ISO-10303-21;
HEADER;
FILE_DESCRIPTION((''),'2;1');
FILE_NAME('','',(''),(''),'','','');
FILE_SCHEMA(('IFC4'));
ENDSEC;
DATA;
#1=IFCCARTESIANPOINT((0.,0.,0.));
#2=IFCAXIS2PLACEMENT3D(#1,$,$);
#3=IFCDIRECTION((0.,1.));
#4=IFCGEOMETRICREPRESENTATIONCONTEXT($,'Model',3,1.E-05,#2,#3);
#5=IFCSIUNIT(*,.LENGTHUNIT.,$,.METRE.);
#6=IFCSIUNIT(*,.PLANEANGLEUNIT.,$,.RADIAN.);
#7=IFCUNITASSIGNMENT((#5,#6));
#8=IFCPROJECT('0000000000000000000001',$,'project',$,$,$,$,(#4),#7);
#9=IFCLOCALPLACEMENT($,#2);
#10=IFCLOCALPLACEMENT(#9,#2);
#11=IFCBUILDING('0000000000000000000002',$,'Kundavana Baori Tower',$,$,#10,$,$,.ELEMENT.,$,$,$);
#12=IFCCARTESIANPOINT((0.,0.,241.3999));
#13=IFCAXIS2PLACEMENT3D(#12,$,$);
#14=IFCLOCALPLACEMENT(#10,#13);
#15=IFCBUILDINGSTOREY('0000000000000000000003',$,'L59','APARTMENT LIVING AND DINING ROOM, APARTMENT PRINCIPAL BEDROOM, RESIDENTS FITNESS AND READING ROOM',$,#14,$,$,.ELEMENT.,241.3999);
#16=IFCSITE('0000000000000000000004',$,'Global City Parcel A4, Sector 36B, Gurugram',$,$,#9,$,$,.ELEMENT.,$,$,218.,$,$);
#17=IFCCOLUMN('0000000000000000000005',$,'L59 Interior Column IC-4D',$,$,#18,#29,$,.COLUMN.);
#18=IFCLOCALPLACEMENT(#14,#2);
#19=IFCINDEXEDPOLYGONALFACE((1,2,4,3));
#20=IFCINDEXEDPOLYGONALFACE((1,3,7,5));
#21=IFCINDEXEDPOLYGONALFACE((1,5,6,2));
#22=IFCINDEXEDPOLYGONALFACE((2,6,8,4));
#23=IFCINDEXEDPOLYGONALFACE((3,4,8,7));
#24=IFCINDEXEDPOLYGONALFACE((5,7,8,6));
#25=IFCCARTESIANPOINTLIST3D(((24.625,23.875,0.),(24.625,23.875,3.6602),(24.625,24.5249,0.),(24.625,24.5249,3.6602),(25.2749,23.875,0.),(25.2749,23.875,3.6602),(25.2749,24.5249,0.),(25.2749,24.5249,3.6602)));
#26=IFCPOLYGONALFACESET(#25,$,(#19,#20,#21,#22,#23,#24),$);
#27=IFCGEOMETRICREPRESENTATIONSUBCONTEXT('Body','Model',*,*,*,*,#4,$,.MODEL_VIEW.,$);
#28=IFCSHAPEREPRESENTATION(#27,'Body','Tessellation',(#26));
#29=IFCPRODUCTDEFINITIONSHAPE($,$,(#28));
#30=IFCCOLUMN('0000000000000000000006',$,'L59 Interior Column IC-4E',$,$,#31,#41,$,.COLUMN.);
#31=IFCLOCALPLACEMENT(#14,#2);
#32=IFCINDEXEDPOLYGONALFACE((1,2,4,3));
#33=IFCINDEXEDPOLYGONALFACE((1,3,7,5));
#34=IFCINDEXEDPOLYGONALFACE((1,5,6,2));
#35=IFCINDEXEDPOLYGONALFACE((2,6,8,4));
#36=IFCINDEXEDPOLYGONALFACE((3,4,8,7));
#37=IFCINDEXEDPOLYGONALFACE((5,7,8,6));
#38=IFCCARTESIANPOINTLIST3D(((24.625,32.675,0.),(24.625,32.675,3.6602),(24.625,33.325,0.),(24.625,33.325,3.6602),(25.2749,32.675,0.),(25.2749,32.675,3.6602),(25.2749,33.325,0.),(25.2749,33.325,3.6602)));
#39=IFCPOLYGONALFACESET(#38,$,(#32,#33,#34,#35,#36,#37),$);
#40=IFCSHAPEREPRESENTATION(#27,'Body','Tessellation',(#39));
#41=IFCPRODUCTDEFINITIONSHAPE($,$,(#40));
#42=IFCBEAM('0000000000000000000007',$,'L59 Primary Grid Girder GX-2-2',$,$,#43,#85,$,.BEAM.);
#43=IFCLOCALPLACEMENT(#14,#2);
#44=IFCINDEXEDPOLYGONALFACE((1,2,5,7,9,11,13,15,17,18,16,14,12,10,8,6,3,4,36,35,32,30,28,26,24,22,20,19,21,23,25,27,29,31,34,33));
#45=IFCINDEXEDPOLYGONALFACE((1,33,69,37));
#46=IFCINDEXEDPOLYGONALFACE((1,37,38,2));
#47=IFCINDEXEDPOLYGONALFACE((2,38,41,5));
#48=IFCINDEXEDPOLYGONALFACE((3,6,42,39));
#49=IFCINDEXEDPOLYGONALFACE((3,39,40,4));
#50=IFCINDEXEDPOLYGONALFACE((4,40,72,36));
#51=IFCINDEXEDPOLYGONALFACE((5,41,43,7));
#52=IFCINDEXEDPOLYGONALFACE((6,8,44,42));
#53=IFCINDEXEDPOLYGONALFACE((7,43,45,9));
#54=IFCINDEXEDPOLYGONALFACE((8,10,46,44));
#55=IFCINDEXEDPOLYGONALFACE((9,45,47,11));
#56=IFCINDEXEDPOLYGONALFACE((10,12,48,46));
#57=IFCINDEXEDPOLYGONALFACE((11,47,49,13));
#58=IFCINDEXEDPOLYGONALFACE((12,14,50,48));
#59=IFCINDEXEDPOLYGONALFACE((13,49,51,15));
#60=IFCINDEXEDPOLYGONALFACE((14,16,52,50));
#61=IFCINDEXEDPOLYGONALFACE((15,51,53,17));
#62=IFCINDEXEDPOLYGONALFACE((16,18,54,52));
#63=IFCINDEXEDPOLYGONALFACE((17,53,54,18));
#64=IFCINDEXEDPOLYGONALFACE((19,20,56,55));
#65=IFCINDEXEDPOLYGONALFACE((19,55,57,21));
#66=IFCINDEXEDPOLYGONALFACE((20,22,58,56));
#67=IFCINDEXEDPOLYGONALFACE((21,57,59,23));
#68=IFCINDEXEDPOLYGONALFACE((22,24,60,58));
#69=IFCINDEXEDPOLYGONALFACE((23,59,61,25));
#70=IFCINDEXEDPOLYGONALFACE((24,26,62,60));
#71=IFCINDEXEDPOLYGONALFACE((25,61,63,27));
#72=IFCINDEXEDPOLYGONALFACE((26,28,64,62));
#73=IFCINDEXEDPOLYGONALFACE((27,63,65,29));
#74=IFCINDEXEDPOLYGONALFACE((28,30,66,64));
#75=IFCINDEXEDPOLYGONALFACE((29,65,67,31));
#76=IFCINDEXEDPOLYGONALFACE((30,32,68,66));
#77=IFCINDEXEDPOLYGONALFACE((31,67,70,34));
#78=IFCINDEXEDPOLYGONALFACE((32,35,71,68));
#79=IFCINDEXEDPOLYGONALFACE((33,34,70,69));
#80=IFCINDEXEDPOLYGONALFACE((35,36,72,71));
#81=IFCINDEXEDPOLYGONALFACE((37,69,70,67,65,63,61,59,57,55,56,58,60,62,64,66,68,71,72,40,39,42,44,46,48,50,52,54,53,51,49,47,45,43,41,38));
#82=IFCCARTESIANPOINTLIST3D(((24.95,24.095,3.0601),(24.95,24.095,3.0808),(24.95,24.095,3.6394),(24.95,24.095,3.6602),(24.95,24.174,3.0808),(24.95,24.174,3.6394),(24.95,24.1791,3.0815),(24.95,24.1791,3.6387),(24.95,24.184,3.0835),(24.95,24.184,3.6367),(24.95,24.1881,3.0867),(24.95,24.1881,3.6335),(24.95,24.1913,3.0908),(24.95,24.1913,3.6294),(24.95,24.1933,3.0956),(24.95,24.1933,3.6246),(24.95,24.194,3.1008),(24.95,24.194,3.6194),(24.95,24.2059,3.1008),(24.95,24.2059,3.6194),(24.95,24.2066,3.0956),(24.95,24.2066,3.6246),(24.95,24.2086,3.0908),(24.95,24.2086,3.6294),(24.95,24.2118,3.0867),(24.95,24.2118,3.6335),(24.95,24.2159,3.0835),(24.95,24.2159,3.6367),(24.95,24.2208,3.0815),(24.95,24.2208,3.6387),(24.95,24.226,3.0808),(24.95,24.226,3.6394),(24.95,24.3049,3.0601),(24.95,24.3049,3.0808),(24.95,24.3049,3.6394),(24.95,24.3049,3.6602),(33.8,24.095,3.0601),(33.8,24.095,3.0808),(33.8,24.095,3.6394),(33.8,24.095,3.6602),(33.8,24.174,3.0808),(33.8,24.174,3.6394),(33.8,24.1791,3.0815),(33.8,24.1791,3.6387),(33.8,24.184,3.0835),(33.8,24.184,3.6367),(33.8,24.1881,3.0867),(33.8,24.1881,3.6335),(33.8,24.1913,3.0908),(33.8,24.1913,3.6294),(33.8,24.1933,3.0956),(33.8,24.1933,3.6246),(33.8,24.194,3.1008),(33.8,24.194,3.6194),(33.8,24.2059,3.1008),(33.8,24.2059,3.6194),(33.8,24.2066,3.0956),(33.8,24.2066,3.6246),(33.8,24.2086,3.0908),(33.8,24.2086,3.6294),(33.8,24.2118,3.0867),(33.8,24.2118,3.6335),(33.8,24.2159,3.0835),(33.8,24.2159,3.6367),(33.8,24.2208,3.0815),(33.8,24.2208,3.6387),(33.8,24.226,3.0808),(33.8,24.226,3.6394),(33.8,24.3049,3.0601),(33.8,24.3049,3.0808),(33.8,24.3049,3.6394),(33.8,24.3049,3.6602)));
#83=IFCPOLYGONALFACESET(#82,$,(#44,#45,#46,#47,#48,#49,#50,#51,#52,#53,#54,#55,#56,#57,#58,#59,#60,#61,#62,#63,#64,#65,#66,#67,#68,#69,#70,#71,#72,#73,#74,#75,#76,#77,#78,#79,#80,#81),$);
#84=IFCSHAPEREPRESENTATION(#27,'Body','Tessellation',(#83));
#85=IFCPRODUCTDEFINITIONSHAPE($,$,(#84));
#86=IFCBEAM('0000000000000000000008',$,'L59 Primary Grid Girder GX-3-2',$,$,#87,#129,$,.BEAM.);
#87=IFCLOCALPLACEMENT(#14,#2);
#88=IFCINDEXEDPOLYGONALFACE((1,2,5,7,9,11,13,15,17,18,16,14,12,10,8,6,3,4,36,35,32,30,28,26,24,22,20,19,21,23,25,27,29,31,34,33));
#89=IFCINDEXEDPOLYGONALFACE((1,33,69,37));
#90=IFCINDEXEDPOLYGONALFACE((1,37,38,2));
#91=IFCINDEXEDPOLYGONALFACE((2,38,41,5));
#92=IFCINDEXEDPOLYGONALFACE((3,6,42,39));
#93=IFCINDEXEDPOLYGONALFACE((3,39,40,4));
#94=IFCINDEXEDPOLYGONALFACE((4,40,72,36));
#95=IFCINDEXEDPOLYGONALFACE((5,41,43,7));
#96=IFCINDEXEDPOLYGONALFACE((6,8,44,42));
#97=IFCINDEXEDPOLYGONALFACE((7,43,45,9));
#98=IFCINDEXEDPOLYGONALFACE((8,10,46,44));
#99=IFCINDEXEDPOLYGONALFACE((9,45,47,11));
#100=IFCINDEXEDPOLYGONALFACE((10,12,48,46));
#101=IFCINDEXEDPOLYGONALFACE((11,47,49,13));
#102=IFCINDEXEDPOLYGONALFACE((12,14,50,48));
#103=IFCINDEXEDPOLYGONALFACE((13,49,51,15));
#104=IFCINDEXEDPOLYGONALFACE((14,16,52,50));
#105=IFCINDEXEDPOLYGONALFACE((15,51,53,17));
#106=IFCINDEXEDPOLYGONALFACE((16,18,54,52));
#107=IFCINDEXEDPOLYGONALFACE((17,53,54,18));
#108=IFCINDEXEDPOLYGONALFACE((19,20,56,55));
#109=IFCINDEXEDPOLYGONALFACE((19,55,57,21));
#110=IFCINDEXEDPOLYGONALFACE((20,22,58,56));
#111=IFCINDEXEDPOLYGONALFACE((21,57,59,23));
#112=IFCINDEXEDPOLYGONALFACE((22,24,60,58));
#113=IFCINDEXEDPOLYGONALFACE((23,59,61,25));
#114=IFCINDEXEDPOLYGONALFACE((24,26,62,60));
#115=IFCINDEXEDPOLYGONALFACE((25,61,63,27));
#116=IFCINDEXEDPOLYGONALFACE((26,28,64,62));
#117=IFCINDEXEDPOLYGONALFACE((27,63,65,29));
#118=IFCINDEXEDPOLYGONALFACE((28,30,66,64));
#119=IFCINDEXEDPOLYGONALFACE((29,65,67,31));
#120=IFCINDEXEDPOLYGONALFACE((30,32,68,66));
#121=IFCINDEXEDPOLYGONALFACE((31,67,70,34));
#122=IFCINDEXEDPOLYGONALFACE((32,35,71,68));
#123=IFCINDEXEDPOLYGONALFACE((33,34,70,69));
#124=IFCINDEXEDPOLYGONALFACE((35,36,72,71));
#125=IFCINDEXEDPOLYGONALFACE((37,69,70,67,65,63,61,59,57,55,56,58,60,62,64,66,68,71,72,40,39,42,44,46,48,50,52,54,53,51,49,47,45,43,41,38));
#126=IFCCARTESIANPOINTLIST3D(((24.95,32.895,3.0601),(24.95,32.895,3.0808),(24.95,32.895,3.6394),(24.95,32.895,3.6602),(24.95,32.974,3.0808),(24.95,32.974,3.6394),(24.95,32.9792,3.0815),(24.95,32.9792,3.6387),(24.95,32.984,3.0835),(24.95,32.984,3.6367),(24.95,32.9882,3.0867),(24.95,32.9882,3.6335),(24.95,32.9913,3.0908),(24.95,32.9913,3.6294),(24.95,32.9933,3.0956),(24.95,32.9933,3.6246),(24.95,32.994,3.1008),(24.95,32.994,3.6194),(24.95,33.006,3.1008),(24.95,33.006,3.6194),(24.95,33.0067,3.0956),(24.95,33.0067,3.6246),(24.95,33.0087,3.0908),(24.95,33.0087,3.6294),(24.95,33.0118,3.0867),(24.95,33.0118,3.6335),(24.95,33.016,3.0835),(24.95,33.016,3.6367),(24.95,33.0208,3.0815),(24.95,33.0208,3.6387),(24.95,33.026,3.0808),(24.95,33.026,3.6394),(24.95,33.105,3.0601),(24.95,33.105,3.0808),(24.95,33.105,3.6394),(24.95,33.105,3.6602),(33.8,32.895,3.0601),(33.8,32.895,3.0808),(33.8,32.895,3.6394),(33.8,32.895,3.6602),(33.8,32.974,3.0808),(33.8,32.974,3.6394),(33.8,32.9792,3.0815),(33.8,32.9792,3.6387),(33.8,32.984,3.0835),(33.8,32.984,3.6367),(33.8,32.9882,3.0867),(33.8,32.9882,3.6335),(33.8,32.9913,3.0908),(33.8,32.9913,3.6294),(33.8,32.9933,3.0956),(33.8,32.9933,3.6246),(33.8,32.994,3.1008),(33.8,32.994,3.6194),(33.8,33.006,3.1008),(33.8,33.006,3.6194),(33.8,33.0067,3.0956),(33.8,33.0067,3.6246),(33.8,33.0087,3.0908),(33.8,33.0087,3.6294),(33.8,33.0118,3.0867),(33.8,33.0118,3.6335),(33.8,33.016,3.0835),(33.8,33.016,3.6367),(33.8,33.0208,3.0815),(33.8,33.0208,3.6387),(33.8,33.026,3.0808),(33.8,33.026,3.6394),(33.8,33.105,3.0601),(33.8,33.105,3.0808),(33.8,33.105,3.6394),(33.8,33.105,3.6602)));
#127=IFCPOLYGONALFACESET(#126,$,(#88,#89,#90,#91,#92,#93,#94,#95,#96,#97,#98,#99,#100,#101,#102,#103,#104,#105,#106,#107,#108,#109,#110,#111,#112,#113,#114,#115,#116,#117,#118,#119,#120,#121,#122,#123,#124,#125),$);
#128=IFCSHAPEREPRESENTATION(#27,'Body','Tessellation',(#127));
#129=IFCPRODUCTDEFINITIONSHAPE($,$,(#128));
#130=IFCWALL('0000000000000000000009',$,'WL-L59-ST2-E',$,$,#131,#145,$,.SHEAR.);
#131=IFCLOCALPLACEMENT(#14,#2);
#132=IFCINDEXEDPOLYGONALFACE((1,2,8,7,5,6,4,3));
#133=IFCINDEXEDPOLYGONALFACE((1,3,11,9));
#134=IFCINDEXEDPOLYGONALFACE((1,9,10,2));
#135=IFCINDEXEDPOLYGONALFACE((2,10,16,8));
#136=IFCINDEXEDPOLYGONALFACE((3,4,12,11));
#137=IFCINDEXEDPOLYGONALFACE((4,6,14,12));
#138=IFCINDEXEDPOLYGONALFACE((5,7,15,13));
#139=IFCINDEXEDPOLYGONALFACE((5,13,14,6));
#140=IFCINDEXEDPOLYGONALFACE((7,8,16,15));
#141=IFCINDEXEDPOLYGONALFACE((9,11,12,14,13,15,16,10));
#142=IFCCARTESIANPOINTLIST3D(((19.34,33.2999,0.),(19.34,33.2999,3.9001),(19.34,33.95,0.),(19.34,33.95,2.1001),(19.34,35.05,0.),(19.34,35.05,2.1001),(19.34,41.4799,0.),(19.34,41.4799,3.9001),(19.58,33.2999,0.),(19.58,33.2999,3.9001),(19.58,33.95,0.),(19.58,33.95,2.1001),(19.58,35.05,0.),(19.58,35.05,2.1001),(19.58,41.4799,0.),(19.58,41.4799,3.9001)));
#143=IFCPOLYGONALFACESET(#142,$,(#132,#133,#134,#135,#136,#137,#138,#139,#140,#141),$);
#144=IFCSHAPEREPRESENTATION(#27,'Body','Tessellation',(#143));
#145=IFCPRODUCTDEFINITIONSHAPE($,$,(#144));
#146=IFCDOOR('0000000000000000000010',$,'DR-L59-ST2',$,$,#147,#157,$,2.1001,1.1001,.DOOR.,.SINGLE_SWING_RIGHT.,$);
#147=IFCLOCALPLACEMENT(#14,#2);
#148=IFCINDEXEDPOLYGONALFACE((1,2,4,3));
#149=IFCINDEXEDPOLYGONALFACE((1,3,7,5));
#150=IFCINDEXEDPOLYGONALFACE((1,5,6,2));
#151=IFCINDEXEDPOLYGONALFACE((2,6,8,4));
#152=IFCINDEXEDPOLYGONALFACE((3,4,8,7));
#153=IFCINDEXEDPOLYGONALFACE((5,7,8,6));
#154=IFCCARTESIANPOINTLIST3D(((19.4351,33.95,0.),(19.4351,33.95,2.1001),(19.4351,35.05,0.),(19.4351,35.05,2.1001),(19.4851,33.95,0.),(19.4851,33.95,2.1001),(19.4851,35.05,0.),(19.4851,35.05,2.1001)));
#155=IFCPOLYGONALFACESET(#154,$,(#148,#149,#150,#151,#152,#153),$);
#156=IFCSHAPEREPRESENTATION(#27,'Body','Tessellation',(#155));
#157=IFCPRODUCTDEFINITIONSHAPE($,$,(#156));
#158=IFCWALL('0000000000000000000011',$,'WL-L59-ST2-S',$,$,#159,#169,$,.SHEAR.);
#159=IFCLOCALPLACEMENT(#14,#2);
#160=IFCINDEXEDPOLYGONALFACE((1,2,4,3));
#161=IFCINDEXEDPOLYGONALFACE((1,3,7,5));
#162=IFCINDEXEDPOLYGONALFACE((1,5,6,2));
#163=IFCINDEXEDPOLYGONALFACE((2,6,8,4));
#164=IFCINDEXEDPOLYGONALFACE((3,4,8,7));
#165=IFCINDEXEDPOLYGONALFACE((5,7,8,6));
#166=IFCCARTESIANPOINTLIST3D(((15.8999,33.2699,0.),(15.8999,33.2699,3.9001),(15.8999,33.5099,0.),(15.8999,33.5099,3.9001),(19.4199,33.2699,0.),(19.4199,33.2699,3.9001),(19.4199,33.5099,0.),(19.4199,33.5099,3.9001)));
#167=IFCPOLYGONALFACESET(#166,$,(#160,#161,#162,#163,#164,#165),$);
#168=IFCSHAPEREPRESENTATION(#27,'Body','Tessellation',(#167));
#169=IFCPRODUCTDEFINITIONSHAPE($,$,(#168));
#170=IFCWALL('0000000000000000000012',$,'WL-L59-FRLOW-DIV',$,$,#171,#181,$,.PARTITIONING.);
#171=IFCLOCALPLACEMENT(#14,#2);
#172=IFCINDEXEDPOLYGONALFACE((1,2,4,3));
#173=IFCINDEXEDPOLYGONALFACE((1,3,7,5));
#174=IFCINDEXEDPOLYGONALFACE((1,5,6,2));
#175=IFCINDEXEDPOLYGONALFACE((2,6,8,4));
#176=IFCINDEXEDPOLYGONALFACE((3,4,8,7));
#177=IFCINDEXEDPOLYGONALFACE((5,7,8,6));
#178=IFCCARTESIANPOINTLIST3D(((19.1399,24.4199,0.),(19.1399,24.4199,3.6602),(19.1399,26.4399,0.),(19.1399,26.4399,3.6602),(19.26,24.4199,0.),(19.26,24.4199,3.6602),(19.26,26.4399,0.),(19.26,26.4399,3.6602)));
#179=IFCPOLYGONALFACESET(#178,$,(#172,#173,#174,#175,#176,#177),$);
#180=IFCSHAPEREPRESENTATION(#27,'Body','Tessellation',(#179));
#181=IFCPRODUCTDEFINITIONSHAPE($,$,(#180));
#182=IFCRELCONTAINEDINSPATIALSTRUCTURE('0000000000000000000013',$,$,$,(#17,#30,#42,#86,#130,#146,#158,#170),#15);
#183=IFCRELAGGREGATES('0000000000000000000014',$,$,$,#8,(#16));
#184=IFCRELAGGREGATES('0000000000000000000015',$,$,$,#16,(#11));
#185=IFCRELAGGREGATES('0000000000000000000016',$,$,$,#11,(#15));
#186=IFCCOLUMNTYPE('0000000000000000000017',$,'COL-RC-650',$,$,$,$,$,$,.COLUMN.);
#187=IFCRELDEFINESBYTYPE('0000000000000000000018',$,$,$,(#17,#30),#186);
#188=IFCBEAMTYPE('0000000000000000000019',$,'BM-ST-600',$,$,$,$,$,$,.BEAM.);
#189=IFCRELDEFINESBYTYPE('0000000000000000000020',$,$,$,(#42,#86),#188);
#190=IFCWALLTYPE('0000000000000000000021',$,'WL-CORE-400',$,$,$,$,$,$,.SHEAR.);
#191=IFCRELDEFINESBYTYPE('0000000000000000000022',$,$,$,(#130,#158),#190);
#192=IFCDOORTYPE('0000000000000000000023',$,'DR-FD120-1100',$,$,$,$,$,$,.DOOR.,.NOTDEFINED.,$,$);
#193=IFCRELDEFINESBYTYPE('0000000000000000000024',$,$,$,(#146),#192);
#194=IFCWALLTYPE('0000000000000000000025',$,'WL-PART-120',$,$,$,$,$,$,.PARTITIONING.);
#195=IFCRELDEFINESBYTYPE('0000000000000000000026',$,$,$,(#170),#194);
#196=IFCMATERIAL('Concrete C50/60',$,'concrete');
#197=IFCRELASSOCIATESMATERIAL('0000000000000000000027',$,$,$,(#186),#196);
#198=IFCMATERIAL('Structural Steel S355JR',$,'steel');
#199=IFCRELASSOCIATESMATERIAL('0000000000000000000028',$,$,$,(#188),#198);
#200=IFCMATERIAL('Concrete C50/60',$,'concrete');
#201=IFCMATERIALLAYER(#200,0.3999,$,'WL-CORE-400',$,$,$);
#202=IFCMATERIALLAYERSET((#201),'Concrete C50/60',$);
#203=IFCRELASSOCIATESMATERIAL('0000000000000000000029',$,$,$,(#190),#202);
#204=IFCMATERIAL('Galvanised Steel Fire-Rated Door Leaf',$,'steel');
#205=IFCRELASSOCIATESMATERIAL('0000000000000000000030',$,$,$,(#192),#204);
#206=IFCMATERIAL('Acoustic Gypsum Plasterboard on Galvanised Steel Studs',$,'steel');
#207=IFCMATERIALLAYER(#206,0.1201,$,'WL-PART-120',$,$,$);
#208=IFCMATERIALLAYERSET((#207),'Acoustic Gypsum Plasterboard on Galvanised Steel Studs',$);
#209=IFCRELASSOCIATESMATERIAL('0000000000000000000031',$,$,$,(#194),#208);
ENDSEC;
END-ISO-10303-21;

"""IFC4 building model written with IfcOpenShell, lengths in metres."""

from ifc_helpers import new_model, si_unit, direction, frame, frame_2d, origin, origin_2d, place, context, subcontext, project, spatial, rectangle, i_section, extrude, material, layer, layer_set, material_profile, profile_set, type_object, element, fill, save


model = new_model("IFC4")

# Units and contexts
model_context = context("Model", 3, precision=1e-05, world=origin(), true_north=direction((0.0, 1.0)))
body_context = subcontext(model_context, "Body", "Model", "MODEL_VIEW")
ifc_project = project(units=[si_unit("LENGTHUNIT", "METRE"), si_unit("PLANEANGLEUNIT", "RADIAN")], contexts=[model_context])

# Site, building, storey
site_placement = place(None, origin())
site = spatial("IfcSite", under=ifc_project, at=site_placement, Name="Global City Parcel A4, Sector 36B, Gurugram", CompositionType="ELEMENT", RefElevation=218.0)
building_placement = place(site_placement, origin())
building = spatial("IfcBuilding", under=site, at=building_placement, Name="Kundavana Baori Tower", CompositionType="ELEMENT")
storey_placement = place(building_placement, frame((0.0, 0.0, 241.3999)))
storey = spatial("IfcBuildingStorey", under=building, at=storey_placement, Name="L59", Description="APARTMENT LIVING AND DINING ROOM, APARTMENT PRINCIPAL BEDROOM, RESIDENTS FITNESS AND READING ROOM", CompositionType="ELEMENT", Elevation=241.3999)

# Columns
ifc_material_1 = material(Name="Concrete C50/60", Category="concrete")
ifc_material_profile_1 = material_profile(ifc_material_1, rectangle(XDim=0.6499, YDim=0.6499, at=origin_2d()), Name="RC 650x650")
ifc_profile_set_1 = profile_set([ifc_material_profile_1], Name="Concrete C50/60")
column_type = type_object("IfcColumnType", Name="COL-RC-650", PredefinedType="COLUMN", material=ifc_profile_set_1)
for number, where, z_axis, x_axis, name in (
    (1, (24.95, 24.2, 0.0), (0.0, 0.0, 1.0), (1.0, 0.0, 0.0), "L59 Interior Column IC-4D"),
    (2, (24.95, 33.0, 0.0), (0.0, 0.0, 1.0), (1.0, 0.0, 0.0), "L59 Interior Column IC-4E"),
):
    element("IfcColumn", number, at=place(storey_placement, frame(where, z_axis=z_axis, x_axis=x_axis)), inside=storey, type_object=column_type, Name=name, PredefinedType="COLUMN", context=body_context, shape_type="SweptSolid", body=[
        extrude(rectangle(XDim=0.6499, YDim=0.6499, at=origin_2d()), origin(), (0.0, 0.0, 1.0), 3.6602),
    ])

# Beams
ifc_material_2 = material(Name="Structural Steel S355JR", Category="steel")
ifc_material_profile_2 = material_profile(ifc_material_2, i_section(OverallWidth=0.21, OverallDepth=0.6001, WebThickness=0.012, FlangeThickness=0.0208, FilletRadius=0.02, at=origin_2d()), Name="ISMB 600")
ifc_profile_set_2 = profile_set([ifc_material_profile_2], Name="Structural Steel S355JR")
beam_type = type_object("IfcBeamType", Name="BM-ST-600", PredefinedType="BEAM", material=ifc_profile_set_2)
for number, where, z_axis, x_axis, name in (
    (3, (24.95, 24.2, 3.3601), (1.0, 0.0, 0.0), (0.0, 1.0, 0.0), "L59 Primary Grid Girder GX-2-2"),
    (4, (24.95, 33.0, 3.3601), (1.0, 0.0, 0.0), (0.0, 1.0, 0.0), "L59 Primary Grid Girder GX-3-2"),
):
    element("IfcBeam", number, at=place(storey_placement, frame(where, z_axis=z_axis, x_axis=x_axis)), inside=storey, type_object=beam_type, Name=name, PredefinedType="BEAM", context=body_context, shape_type="SweptSolid", body=[
        extrude(i_section(OverallWidth=0.21, OverallDepth=0.6001, WebThickness=0.012, FlangeThickness=0.0208, FilletRadius=0.02, at=origin_2d()), origin(), (0.0, 0.0, 1.0), 8.8501),
    ])

# Wall, opening, door
ifc_material_3 = material(Name="Concrete C50/60", Category="concrete")
ifc_layer_1 = layer(ifc_material_3, 0.3999, Name="WL-CORE-400")
ifc_layer_set_1 = layer_set([ifc_layer_1], Name="Concrete C50/60")
wall_type_1 = type_object("IfcWallType", Name="WL-CORE-400", PredefinedType="SHEAR", material=ifc_layer_set_1)
wall_1_placement = place(storey_placement, frame((19.46, 33.3, 0.0), z_axis=(0.0, 0.0, 1.0), x_axis=(0.0, 1.0, 0.0)))
wall_1 = element("IfcWall", 5, at=wall_1_placement, inside=storey, type_object=wall_type_1, Name="WL-L59-ST2-E", PredefinedType="SHEAR", context=body_context, shape_type="SweptSolid", body=[
    extrude(rectangle(XDim=8.1799, YDim=0.24, at=frame_2d((4.0898, 0.0))), origin(), (0.0, 0.0, 1.0), 3.9001),
])
opening_1_placement = place(wall_1_placement, frame((0.6499, 0.0, 0.0)))
opening_1 = element("IfcOpeningElement", 6, at=opening_1_placement, cuts=wall_1, PredefinedType="OPENING", context=body_context, shape_type="SweptSolid", body=[
    extrude(rectangle(XDim=1.1001, YDim=2.1001, at=frame_2d((0.55, 1.05))), frame((0.0, 0.1299, 0.0), z_axis=(0.0, -1.0, 0.0), x_axis=(1.0, 0.0, 0.0)), (0.0, 0.0, 1.0), 0.26),
])
ifc_material_4 = material(Name="Galvanised Steel Fire-Rated Door Leaf", Category="steel")
door_type_1 = type_object("IfcDoorType", Name="DR-FD120-1100", OperationType="NOTDEFINED", PredefinedType="DOOR", material=ifc_material_4)
door_1_placement = place(opening_1_placement, origin())
door_1 = element("IfcDoor", 7, at=door_1_placement, inside=storey, type_object=door_type_1, Name="DR-L59-ST2", OperationType="SINGLE_SWING_RIGHT", OverallHeight=2.1001, OverallWidth=1.1001, PredefinedType="DOOR", context=body_context, shape_type="SweptSolid", body=[
    extrude(rectangle(XDim=1.1001, YDim=2.1001, at=frame_2d((0.55, 1.05))), frame((0.0, 0.0249, 0.0), z_axis=(0.0, -1.0, 0.0), x_axis=(1.0, 0.0, 0.0)), (0.0, 0.0, 1.0), 0.05),
])
fill(opening_1, door_1)

# Walls
wall_2_placement = place(storey_placement, frame((15.8999, 33.3899, 0.0), z_axis=(0.0, 0.0, 1.0), x_axis=(1.0, 0.0, 0.0)))
element("IfcWall", 8, at=wall_2_placement, inside=storey, type_object=wall_type_1, Name="WL-L59-ST2-S", PredefinedType="SHEAR", context=body_context, shape_type="SweptSolid", body=[
    extrude(rectangle(XDim=3.52, YDim=0.24, at=frame_2d((1.76, 0.0))), origin(), (0.0, 0.0, 1.0), 3.9001),
])
ifc_material_5 = material(Name="Acoustic Gypsum Plasterboard on Galvanised Steel Studs", Category="steel")
ifc_layer_2 = layer(ifc_material_5, 0.1201, Name="WL-PART-120")
ifc_layer_set_2 = layer_set([ifc_layer_2], Name="Acoustic Gypsum Plasterboard on Galvanised Steel Studs")
wall_type_2 = type_object("IfcWallType", Name="WL-PART-120", PredefinedType="PARTITIONING", material=ifc_layer_set_2)
wall_3_placement = place(storey_placement, frame((19.2, 24.4199, 0.0), z_axis=(0.0, 0.0, 1.0), x_axis=(0.0, 1.0, 0.0)))
element("IfcWall", 9, at=wall_3_placement, inside=storey, type_object=wall_type_2, Name="WL-L59-FRLOW-DIV", PredefinedType="PARTITIONING", context=body_context, shape_type="SweptSolid", body=[
    extrude(rectangle(XDim=2.02, YDim=0.1201, at=frame_2d((1.01, 0.0))), origin(), (0.0, 0.0, 1.0), 3.6602),
])

save(model, "model.ifc")
